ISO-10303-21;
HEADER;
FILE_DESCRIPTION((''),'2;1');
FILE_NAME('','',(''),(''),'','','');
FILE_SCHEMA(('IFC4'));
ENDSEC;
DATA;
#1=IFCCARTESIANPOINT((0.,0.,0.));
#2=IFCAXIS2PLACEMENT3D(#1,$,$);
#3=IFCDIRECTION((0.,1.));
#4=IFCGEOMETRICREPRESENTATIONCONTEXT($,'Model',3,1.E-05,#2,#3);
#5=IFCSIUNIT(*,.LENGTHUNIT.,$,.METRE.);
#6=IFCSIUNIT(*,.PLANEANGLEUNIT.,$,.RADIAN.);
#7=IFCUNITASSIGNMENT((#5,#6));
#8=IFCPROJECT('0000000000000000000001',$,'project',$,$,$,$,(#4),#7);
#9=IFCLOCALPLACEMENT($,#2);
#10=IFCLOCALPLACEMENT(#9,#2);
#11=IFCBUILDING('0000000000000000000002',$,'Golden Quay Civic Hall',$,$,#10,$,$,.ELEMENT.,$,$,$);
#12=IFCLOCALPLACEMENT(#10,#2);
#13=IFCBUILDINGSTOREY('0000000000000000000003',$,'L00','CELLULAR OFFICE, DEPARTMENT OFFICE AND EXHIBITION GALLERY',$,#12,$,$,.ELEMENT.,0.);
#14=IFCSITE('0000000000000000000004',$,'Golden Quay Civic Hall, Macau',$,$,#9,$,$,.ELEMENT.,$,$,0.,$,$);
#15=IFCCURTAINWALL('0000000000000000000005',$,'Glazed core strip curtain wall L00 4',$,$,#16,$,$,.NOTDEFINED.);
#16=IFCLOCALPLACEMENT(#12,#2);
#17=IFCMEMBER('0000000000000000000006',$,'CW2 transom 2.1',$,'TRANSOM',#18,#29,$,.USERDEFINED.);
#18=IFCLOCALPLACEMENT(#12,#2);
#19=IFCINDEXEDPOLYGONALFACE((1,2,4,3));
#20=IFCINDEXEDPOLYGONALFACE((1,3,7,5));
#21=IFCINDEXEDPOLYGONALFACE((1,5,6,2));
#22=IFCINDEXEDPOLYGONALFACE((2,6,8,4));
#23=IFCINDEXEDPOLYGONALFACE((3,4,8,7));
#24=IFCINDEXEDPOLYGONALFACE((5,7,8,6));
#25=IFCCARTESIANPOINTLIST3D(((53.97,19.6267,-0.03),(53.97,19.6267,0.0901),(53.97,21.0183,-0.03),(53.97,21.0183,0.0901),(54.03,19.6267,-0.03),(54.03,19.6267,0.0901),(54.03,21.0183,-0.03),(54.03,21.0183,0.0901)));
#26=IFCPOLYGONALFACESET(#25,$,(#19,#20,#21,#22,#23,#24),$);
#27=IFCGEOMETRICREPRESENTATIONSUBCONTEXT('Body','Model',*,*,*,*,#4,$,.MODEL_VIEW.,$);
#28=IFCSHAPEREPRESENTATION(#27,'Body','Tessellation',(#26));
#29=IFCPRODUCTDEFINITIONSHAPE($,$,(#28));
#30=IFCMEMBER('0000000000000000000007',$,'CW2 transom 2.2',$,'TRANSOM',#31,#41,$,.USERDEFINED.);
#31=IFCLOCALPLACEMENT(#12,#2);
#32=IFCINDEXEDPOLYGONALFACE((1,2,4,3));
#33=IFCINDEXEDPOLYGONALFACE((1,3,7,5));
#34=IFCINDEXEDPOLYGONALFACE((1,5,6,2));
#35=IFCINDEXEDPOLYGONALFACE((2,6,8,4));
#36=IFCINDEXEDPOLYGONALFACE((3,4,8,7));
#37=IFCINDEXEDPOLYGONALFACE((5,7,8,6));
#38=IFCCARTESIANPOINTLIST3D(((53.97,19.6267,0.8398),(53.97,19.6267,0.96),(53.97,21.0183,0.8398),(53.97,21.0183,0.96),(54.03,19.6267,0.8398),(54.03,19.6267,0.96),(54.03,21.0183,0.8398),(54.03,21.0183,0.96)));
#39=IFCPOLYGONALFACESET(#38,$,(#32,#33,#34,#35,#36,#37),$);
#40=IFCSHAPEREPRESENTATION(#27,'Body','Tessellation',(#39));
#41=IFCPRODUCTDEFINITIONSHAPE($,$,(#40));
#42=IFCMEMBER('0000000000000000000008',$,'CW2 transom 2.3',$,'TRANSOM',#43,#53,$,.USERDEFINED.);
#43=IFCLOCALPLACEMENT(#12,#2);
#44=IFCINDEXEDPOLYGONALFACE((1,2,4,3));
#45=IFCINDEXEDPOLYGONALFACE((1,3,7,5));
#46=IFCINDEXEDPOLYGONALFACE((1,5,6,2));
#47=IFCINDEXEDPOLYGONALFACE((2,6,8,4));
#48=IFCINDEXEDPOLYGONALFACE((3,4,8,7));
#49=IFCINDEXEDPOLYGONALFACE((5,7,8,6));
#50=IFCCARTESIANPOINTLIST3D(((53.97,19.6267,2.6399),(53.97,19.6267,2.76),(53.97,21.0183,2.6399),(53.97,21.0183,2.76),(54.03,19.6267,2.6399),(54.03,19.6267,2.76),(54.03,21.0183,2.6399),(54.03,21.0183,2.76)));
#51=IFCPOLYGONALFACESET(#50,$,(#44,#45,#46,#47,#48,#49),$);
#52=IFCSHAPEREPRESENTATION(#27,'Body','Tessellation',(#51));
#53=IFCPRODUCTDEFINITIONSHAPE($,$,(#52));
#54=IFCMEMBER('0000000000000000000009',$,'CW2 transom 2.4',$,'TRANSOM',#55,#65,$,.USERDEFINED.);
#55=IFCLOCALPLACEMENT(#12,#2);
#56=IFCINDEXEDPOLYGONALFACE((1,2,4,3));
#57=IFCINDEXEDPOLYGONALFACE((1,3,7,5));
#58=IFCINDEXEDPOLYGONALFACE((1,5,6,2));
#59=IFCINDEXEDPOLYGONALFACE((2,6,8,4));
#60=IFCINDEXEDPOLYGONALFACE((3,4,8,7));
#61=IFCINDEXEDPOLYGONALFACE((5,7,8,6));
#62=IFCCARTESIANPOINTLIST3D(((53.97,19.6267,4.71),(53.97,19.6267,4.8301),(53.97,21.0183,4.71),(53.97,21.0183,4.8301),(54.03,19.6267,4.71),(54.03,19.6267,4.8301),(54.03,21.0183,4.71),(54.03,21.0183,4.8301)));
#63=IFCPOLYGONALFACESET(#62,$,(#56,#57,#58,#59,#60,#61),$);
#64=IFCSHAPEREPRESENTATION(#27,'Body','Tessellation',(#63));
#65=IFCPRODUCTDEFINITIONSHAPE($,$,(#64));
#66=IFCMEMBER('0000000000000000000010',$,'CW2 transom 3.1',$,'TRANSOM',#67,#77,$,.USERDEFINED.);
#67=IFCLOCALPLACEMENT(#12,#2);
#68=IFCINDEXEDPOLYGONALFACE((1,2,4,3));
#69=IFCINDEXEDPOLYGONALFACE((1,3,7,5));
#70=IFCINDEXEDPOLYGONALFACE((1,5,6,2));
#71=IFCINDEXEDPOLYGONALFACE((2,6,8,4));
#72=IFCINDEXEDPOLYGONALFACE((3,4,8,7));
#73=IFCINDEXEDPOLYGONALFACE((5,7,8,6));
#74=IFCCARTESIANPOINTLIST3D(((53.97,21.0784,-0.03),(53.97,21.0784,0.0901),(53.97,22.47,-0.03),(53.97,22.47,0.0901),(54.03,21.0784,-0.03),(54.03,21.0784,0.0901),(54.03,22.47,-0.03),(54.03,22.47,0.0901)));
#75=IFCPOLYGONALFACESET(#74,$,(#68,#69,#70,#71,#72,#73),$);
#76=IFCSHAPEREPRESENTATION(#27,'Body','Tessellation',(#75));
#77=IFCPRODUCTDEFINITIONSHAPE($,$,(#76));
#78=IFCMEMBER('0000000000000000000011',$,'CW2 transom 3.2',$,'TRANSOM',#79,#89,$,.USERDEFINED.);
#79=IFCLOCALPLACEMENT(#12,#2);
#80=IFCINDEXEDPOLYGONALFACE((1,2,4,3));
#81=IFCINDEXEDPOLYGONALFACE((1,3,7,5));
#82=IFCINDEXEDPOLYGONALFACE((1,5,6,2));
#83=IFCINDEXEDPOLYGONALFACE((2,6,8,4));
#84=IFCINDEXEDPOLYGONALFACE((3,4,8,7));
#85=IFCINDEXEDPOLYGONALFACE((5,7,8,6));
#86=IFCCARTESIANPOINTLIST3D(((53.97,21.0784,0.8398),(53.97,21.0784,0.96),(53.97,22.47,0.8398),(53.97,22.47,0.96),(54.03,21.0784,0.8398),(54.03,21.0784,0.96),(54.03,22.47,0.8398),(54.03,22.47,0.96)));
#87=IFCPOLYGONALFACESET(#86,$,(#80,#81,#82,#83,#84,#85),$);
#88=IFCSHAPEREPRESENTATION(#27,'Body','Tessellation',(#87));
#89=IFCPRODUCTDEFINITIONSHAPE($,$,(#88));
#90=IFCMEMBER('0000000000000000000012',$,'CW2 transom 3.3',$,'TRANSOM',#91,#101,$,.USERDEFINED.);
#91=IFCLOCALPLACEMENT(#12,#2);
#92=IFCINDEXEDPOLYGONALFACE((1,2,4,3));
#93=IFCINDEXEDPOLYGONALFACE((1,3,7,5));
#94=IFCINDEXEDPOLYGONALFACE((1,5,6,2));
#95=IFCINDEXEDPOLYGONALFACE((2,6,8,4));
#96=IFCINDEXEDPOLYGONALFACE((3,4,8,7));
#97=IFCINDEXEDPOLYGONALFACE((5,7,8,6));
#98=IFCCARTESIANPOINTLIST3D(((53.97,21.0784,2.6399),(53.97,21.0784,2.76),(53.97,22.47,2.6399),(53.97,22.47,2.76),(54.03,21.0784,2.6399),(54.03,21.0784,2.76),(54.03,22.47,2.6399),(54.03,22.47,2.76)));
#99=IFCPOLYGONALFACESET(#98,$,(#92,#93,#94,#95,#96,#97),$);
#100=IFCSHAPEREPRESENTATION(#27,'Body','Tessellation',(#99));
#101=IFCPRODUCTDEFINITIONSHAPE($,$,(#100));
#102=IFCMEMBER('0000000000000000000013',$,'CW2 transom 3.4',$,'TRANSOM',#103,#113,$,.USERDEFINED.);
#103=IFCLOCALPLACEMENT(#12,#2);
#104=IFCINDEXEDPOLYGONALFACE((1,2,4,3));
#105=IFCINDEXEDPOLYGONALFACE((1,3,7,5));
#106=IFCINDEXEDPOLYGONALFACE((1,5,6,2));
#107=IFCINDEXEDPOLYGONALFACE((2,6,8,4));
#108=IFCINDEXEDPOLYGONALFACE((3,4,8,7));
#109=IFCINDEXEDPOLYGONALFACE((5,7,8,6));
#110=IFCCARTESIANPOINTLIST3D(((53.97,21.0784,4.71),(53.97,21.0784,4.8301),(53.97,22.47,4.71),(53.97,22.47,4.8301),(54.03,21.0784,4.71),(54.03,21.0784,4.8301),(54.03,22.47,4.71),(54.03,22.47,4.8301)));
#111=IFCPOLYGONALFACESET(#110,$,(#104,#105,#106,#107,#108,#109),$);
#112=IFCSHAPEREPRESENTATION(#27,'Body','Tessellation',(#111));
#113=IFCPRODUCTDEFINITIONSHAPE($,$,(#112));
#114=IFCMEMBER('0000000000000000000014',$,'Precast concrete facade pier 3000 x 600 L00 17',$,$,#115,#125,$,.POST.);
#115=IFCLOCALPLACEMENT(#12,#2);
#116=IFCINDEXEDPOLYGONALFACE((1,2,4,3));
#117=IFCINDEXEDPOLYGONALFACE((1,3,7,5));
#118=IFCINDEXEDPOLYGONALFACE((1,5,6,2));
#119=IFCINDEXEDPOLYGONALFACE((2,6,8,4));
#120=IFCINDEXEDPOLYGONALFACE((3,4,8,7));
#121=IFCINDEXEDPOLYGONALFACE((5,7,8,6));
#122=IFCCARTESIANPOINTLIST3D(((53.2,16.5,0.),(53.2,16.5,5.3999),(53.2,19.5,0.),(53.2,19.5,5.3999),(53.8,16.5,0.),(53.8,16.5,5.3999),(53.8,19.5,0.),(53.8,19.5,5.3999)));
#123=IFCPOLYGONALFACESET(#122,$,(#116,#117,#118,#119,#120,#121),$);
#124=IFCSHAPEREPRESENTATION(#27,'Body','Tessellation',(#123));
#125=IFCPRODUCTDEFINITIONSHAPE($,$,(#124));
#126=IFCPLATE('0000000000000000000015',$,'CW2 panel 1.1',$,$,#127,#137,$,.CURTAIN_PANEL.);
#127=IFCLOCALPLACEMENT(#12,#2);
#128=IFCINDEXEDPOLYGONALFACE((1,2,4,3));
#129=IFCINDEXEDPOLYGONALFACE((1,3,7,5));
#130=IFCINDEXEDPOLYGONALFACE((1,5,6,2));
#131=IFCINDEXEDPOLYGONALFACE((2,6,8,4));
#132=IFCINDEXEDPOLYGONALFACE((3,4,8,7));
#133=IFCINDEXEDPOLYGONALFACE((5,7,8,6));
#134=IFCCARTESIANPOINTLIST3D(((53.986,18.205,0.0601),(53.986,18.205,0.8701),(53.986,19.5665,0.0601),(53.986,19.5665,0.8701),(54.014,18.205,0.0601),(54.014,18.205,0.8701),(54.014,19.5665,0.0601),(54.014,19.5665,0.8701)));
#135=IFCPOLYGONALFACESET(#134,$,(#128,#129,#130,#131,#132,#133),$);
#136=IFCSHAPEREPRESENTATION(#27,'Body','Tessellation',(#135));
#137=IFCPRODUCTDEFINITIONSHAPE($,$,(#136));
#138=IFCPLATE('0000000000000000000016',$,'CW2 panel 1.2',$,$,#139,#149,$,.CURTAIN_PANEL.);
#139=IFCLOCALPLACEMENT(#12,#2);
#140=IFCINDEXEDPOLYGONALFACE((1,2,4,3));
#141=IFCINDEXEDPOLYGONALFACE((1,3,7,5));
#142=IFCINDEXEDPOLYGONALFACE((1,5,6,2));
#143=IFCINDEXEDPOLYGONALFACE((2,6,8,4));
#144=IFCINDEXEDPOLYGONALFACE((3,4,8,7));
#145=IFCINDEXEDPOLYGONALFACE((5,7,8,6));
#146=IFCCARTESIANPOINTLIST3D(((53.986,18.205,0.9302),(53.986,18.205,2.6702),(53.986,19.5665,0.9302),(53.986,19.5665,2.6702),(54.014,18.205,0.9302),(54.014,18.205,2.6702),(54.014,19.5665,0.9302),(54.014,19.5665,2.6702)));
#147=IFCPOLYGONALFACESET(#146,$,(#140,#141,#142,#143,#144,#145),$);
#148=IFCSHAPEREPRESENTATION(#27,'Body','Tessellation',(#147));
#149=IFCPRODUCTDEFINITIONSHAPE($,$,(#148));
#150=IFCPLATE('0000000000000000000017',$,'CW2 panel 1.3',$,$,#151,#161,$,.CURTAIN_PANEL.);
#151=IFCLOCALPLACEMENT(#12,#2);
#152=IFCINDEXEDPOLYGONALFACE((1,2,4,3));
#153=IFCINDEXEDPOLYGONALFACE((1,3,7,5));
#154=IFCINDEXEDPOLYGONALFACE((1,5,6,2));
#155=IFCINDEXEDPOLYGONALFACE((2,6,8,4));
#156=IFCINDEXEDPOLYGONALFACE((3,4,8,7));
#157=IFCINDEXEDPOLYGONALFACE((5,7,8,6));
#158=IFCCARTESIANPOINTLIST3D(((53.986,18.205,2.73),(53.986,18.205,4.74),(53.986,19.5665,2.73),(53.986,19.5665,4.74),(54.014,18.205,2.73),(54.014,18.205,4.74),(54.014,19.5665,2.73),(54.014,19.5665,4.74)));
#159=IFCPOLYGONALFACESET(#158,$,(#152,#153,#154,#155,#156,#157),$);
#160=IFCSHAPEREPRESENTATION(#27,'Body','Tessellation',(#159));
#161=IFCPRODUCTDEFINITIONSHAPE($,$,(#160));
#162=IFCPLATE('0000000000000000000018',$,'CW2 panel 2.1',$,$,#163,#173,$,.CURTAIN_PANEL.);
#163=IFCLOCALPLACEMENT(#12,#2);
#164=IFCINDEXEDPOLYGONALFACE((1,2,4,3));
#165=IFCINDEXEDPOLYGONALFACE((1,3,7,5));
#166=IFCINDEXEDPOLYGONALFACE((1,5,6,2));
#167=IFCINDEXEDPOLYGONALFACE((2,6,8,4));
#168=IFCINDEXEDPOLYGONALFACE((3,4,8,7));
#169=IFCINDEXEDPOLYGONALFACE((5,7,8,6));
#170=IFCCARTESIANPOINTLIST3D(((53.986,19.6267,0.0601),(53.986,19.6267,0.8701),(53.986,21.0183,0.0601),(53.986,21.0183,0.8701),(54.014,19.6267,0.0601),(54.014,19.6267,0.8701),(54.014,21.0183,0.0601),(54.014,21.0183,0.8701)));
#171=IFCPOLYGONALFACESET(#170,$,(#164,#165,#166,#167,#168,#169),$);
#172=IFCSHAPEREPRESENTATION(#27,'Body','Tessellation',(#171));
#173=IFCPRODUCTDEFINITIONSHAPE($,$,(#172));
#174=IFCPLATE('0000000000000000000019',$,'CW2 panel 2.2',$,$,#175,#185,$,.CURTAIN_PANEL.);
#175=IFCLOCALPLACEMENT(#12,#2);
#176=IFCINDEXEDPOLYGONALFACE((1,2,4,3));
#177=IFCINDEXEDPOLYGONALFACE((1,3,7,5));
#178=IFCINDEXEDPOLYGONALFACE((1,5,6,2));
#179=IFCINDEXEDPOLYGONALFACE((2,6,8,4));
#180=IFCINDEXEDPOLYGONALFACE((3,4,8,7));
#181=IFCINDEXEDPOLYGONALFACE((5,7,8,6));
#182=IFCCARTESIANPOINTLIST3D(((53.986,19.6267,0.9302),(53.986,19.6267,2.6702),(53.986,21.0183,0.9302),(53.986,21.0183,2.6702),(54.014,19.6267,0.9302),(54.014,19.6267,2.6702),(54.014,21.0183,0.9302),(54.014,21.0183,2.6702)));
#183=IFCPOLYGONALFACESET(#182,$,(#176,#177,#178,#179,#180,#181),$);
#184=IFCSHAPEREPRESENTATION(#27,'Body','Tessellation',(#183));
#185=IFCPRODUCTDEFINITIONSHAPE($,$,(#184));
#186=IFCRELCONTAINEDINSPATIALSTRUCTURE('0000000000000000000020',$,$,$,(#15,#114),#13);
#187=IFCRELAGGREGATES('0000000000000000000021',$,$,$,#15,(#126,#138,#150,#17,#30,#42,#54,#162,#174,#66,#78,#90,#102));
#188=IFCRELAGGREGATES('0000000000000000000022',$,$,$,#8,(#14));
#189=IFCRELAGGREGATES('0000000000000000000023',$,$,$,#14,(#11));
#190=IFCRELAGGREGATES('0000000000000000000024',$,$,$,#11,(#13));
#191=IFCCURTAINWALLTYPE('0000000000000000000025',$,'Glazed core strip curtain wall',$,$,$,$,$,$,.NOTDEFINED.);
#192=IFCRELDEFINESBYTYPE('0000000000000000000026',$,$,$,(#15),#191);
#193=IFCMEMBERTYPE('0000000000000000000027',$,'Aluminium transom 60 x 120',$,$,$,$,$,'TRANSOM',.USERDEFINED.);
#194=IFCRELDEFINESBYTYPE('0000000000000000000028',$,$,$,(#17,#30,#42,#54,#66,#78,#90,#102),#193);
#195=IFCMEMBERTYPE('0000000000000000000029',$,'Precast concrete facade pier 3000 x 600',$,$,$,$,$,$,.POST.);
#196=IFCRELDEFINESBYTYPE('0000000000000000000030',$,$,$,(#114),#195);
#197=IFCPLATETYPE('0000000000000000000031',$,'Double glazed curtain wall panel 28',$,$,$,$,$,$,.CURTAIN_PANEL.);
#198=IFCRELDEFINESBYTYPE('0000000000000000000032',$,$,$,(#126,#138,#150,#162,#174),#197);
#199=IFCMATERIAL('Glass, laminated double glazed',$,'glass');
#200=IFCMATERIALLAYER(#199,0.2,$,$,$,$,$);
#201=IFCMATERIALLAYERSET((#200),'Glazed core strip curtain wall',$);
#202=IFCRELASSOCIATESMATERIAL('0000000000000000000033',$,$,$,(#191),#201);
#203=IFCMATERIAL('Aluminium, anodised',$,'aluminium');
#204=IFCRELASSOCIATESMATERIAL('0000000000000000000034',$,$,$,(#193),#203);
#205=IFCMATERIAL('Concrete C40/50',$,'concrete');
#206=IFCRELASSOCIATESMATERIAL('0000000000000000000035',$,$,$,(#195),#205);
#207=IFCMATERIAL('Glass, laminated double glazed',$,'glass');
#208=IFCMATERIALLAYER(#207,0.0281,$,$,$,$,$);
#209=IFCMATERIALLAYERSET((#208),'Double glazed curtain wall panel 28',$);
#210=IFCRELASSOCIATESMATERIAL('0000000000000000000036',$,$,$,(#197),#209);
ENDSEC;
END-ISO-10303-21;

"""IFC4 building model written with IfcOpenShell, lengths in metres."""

from ifc_helpers import new_model, si_unit, direction, frame, origin, origin_2d, place, context, subcontext, project, spatial, rectangle, extrude, material, layer, layer_set, material_profile, profile_set, type_object, element, aggregate, save


model = new_model("IFC4")

# Units and contexts
model_context = context("Model", 3, precision=1e-05, world=origin(), true_north=direction((0.0, 1.0)))
body_context = subcontext(model_context, "Body", "Model", "MODEL_VIEW")
ifc_project = project(units=[si_unit("LENGTHUNIT", "METRE"), si_unit("PLANEANGLEUNIT", "RADIAN")], contexts=[model_context])

# Site, building, storey
site_placement = place(None, origin())
site = spatial("IfcSite", under=ifc_project, at=site_placement, Name="Golden Quay Civic Hall, Macau", CompositionType="ELEMENT", RefElevation=0.0)
building_placement = place(site_placement, origin())
building = spatial("IfcBuilding", under=site, at=building_placement, Name="Golden Quay Civic Hall", CompositionType="ELEMENT")
storey_placement = place(building_placement, origin())
storey = spatial("IfcBuildingStorey", under=building, at=storey_placement, Name="L00", Description="CELLULAR OFFICE, DEPARTMENT OFFICE AND EXHIBITION GALLERY", CompositionType="ELEMENT", Elevation=0.0)

# Curtain wall, members
ifc_material_1 = material(Name="Glass, laminated double glazed", Category="glass")
ifc_layer_1 = layer(ifc_material_1, 0.2)
ifc_layer_set_1 = layer_set([ifc_layer_1], Name="Glazed core strip curtain wall")
curtain_wall_type = type_object("IfcCurtainWallType", Name="Glazed core strip curtain wall", PredefinedType="NOTDEFINED", material=ifc_layer_set_1)
curtain_wall_placement = place(storey_placement, origin())
curtain_wall = element("IfcCurtainWall", 1, at=curtain_wall_placement, inside=storey, type_object=curtain_wall_type, Name="Glazed core strip curtain wall L00 4", PredefinedType="NOTDEFINED")
ifc_material_2 = material(Name="Aluminium, anodised", Category="aluminium")
ifc_material_profile_1 = material_profile(ifc_material_2, rectangle(XDim=0.0601, YDim=0.1201, at=origin_2d()), Name="Aluminium 60 x 120")
ifc_profile_set_1 = profile_set([ifc_material_profile_1], Name="Aluminium, anodised")
member_type_1 = type_object("IfcMemberType", Name="Aluminium transom 60 x 120", ElementType="TRANSOM", PredefinedType="USERDEFINED", material=ifc_profile_set_1)
member_1_placement = place(storey_placement, frame((54.0, 19.6267, 0.03), z_axis=(0.0, 1.0, 0.0), x_axis=(-1.0, 0.0, 0.0)))
member_1 = element("IfcMember", 2, at=member_1_placement, type_object=member_type_1, Name="CW2 transom 2.1", ObjectType="TRANSOM", PredefinedType="USERDEFINED", context=body_context, shape_type="SweptSolid", body=[
    extrude(rectangle(XDim=0.0601, YDim=0.1201, at=origin_2d()), origin(), (0.0, 0.0, 1.0), 1.3916),
])
member_2_placement = place(storey_placement, frame((54.0, 19.6267, 0.8999), z_axis=(0.0, 1.0, 0.0), x_axis=(-1.0, 0.0, 0.0)))
member_2 = element("IfcMember", 3, at=member_2_placement, type_object=member_type_1, Name="CW2 transom 2.2", ObjectType="TRANSOM", PredefinedType="USERDEFINED", context=body_context, shape_type="SweptSolid", body=[
    extrude(rectangle(XDim=0.0601, YDim=0.1201, at=origin_2d()), origin(), (0.0, 0.0, 1.0), 1.3916),
])
member_3_placement = place(storey_placement, frame((54.0, 19.6267, 2.7), z_axis=(0.0, 1.0, 0.0), x_axis=(-1.0, 0.0, 0.0)))
member_3 = element("IfcMember", 4, at=member_3_placement, type_object=member_type_1, Name="CW2 transom 2.3", ObjectType="TRANSOM", PredefinedType="USERDEFINED", context=body_context, shape_type="SweptSolid", body=[
    extrude(rectangle(XDim=0.0601, YDim=0.1201, at=origin_2d()), origin(), (0.0, 0.0, 1.0), 1.3916),
])
member_4_placement = place(storey_placement, frame((54.0, 19.6267, 4.77), z_axis=(0.0, 1.0, 0.0), x_axis=(-1.0, 0.0, 0.0)))
member_4 = element("IfcMember", 5, at=member_4_placement, type_object=member_type_1, Name="CW2 transom 2.4", ObjectType="TRANSOM", PredefinedType="USERDEFINED", context=body_context, shape_type="SweptSolid", body=[
    extrude(rectangle(XDim=0.0601, YDim=0.1201, at=origin_2d()), origin(), (0.0, 0.0, 1.0), 1.3916),
])
member_5_placement = place(storey_placement, frame((54.0, 21.0784, 0.03), z_axis=(0.0, 1.0, 0.0), x_axis=(-1.0, 0.0, 0.0)))
member_5 = element("IfcMember", 6, at=member_5_placement, type_object=member_type_1, Name="CW2 transom 3.1", ObjectType="TRANSOM", PredefinedType="USERDEFINED", context=body_context, shape_type="SweptSolid", body=[
    extrude(rectangle(XDim=0.0601, YDim=0.1201, at=origin_2d()), origin(), (0.0, 0.0, 1.0), 1.3916),
])
member_6_placement = place(storey_placement, frame((54.0, 21.0784, 0.8999), z_axis=(0.0, 1.0, 0.0), x_axis=(-1.0, 0.0, 0.0)))
member_6 = element("IfcMember", 7, at=member_6_placement, type_object=member_type_1, Name="CW2 transom 3.2", ObjectType="TRANSOM", PredefinedType="USERDEFINED", context=body_context, shape_type="SweptSolid", body=[
    extrude(rectangle(XDim=0.0601, YDim=0.1201, at=origin_2d()), origin(), (0.0, 0.0, 1.0), 1.3916),
])
member_7_placement = place(storey_placement, frame((54.0, 21.0784, 2.7), z_axis=(0.0, 1.0, 0.0), x_axis=(-1.0, 0.0, 0.0)))
member_7 = element("IfcMember", 8, at=member_7_placement, type_object=member_type_1, Name="CW2 transom 3.3", ObjectType="TRANSOM", PredefinedType="USERDEFINED", context=body_context, shape_type="SweptSolid", body=[
    extrude(rectangle(XDim=0.0601, YDim=0.1201, at=origin_2d()), origin(), (0.0, 0.0, 1.0), 1.3916),
])
member_8_placement = place(storey_placement, frame((54.0, 21.0784, 4.77), z_axis=(0.0, 1.0, 0.0), x_axis=(-1.0, 0.0, 0.0)))
member_8 = element("IfcMember", 9, at=member_8_placement, type_object=member_type_1, Name="CW2 transom 3.4", ObjectType="TRANSOM", PredefinedType="USERDEFINED", context=body_context, shape_type="SweptSolid", body=[
    extrude(rectangle(XDim=0.0601, YDim=0.1201, at=origin_2d()), origin(), (0.0, 0.0, 1.0), 1.3916),
])

# Member
ifc_material_3 = material(Name="Concrete C40/50", Category="concrete")
ifc_material_profile_2 = material_profile(ifc_material_3, rectangle(XDim=3.0, YDim=0.6001, at=origin_2d()), Name="RC 3000x600")
ifc_profile_set_2 = profile_set([ifc_material_profile_2], Name="Concrete C40/50")
member_type_2 = type_object("IfcMemberType", Name="Precast concrete facade pier 3000 x 600", PredefinedType="POST", material=ifc_profile_set_2)
member_9_placement = place(storey_placement, frame((53.5, 18.0, 0.0), z_axis=(0.0, 0.0, 1.0), x_axis=(0.0, 1.0, 0.0)))
element("IfcMember", 10, at=member_9_placement, inside=storey, type_object=member_type_2, Name="Precast concrete facade pier 3000 x 600 L00 17", PredefinedType="POST", context=body_context, shape_type="SweptSolid", body=[
    extrude(rectangle(XDim=3.0, YDim=0.6001, at=origin_2d()), origin(), (0.0, 0.0, 1.0), 5.3999),
])

# Plates
ifc_material_4 = material(Name="Glass, laminated double glazed", Category="glass")
ifc_layer_2 = layer(ifc_material_4, 0.0281)
ifc_layer_set_2 = layer_set([ifc_layer_2], Name="Double glazed curtain wall panel 28")
plate_type = type_object("IfcPlateType", Name="Double glazed curtain wall panel 28", PredefinedType="CURTAIN_PANEL", material=ifc_layer_set_2)
plate_1_placement = place(storey_placement, frame((54.0, 18.8857, 0.0601), z_axis=(0.0, 0.0, 1.0), x_axis=(0.0, 1.0, 0.0)))
plate_1 = element("IfcPlate", 11, at=plate_1_placement, type_object=plate_type, Name="CW2 panel 1.1", PredefinedType="CURTAIN_PANEL", context=body_context, shape_type="SweptSolid", body=[
    extrude(rectangle(XDim=1.3616, YDim=0.0281, at=origin_2d()), origin(), (0.0, 0.0, 1.0), 0.8101),
])
plate_2_placement = place(storey_placement, frame((54.0, 18.8857, 0.9302), z_axis=(0.0, 0.0, 1.0), x_axis=(0.0, 1.0, 0.0)))
plate_2 = element("IfcPlate", 12, at=plate_2_placement, type_object=plate_type, Name="CW2 panel 1.2", PredefinedType="CURTAIN_PANEL", context=body_context, shape_type="SweptSolid", body=[
    extrude(rectangle(XDim=1.3616, YDim=0.0281, at=origin_2d()), origin(), (0.0, 0.0, 1.0), 1.74),
])
plate_3_placement = place(storey_placement, frame((54.0, 18.8857, 2.73), z_axis=(0.0, 0.0, 1.0), x_axis=(0.0, 1.0, 0.0)))
plate_3 = element("IfcPlate", 13, at=plate_3_placement, type_object=plate_type, Name="CW2 panel 1.3", PredefinedType="CURTAIN_PANEL", context=body_context, shape_type="SweptSolid", body=[
    extrude(rectangle(XDim=1.3616, YDim=0.0281, at=origin_2d()), origin(), (0.0, 0.0, 1.0), 2.01),
])
plate_4_placement = place(storey_placement, frame((54.0, 20.3225, 0.0601), z_axis=(0.0, 0.0, 1.0), x_axis=(0.0, 1.0, 0.0)))
plate_4 = element("IfcPlate", 14, at=plate_4_placement, type_object=plate_type, Name="CW2 panel 2.1", PredefinedType="CURTAIN_PANEL", context=body_context, shape_type="SweptSolid", body=[
    extrude(rectangle(XDim=1.3916, YDim=0.0281, at=origin_2d()), origin(), (0.0, 0.0, 1.0), 0.8101),
])
plate_5_placement = place(storey_placement, frame((54.0, 20.3225, 0.9302), z_axis=(0.0, 0.0, 1.0), x_axis=(0.0, 1.0, 0.0)))
plate_5 = element("IfcPlate", 15, at=plate_5_placement, type_object=plate_type, Name="CW2 panel 2.2", PredefinedType="CURTAIN_PANEL", context=body_context, shape_type="SweptSolid", body=[
    extrude(rectangle(XDim=1.3916, YDim=0.0281, at=origin_2d()), origin(), (0.0, 0.0, 1.0), 1.74),
])
aggregate(curtain_wall, [plate_1, plate_2, plate_3, member_1, member_2, member_3, member_4, plate_4, plate_5, member_5, member_6, member_7, member_8])

save(model, "model.ifc")
